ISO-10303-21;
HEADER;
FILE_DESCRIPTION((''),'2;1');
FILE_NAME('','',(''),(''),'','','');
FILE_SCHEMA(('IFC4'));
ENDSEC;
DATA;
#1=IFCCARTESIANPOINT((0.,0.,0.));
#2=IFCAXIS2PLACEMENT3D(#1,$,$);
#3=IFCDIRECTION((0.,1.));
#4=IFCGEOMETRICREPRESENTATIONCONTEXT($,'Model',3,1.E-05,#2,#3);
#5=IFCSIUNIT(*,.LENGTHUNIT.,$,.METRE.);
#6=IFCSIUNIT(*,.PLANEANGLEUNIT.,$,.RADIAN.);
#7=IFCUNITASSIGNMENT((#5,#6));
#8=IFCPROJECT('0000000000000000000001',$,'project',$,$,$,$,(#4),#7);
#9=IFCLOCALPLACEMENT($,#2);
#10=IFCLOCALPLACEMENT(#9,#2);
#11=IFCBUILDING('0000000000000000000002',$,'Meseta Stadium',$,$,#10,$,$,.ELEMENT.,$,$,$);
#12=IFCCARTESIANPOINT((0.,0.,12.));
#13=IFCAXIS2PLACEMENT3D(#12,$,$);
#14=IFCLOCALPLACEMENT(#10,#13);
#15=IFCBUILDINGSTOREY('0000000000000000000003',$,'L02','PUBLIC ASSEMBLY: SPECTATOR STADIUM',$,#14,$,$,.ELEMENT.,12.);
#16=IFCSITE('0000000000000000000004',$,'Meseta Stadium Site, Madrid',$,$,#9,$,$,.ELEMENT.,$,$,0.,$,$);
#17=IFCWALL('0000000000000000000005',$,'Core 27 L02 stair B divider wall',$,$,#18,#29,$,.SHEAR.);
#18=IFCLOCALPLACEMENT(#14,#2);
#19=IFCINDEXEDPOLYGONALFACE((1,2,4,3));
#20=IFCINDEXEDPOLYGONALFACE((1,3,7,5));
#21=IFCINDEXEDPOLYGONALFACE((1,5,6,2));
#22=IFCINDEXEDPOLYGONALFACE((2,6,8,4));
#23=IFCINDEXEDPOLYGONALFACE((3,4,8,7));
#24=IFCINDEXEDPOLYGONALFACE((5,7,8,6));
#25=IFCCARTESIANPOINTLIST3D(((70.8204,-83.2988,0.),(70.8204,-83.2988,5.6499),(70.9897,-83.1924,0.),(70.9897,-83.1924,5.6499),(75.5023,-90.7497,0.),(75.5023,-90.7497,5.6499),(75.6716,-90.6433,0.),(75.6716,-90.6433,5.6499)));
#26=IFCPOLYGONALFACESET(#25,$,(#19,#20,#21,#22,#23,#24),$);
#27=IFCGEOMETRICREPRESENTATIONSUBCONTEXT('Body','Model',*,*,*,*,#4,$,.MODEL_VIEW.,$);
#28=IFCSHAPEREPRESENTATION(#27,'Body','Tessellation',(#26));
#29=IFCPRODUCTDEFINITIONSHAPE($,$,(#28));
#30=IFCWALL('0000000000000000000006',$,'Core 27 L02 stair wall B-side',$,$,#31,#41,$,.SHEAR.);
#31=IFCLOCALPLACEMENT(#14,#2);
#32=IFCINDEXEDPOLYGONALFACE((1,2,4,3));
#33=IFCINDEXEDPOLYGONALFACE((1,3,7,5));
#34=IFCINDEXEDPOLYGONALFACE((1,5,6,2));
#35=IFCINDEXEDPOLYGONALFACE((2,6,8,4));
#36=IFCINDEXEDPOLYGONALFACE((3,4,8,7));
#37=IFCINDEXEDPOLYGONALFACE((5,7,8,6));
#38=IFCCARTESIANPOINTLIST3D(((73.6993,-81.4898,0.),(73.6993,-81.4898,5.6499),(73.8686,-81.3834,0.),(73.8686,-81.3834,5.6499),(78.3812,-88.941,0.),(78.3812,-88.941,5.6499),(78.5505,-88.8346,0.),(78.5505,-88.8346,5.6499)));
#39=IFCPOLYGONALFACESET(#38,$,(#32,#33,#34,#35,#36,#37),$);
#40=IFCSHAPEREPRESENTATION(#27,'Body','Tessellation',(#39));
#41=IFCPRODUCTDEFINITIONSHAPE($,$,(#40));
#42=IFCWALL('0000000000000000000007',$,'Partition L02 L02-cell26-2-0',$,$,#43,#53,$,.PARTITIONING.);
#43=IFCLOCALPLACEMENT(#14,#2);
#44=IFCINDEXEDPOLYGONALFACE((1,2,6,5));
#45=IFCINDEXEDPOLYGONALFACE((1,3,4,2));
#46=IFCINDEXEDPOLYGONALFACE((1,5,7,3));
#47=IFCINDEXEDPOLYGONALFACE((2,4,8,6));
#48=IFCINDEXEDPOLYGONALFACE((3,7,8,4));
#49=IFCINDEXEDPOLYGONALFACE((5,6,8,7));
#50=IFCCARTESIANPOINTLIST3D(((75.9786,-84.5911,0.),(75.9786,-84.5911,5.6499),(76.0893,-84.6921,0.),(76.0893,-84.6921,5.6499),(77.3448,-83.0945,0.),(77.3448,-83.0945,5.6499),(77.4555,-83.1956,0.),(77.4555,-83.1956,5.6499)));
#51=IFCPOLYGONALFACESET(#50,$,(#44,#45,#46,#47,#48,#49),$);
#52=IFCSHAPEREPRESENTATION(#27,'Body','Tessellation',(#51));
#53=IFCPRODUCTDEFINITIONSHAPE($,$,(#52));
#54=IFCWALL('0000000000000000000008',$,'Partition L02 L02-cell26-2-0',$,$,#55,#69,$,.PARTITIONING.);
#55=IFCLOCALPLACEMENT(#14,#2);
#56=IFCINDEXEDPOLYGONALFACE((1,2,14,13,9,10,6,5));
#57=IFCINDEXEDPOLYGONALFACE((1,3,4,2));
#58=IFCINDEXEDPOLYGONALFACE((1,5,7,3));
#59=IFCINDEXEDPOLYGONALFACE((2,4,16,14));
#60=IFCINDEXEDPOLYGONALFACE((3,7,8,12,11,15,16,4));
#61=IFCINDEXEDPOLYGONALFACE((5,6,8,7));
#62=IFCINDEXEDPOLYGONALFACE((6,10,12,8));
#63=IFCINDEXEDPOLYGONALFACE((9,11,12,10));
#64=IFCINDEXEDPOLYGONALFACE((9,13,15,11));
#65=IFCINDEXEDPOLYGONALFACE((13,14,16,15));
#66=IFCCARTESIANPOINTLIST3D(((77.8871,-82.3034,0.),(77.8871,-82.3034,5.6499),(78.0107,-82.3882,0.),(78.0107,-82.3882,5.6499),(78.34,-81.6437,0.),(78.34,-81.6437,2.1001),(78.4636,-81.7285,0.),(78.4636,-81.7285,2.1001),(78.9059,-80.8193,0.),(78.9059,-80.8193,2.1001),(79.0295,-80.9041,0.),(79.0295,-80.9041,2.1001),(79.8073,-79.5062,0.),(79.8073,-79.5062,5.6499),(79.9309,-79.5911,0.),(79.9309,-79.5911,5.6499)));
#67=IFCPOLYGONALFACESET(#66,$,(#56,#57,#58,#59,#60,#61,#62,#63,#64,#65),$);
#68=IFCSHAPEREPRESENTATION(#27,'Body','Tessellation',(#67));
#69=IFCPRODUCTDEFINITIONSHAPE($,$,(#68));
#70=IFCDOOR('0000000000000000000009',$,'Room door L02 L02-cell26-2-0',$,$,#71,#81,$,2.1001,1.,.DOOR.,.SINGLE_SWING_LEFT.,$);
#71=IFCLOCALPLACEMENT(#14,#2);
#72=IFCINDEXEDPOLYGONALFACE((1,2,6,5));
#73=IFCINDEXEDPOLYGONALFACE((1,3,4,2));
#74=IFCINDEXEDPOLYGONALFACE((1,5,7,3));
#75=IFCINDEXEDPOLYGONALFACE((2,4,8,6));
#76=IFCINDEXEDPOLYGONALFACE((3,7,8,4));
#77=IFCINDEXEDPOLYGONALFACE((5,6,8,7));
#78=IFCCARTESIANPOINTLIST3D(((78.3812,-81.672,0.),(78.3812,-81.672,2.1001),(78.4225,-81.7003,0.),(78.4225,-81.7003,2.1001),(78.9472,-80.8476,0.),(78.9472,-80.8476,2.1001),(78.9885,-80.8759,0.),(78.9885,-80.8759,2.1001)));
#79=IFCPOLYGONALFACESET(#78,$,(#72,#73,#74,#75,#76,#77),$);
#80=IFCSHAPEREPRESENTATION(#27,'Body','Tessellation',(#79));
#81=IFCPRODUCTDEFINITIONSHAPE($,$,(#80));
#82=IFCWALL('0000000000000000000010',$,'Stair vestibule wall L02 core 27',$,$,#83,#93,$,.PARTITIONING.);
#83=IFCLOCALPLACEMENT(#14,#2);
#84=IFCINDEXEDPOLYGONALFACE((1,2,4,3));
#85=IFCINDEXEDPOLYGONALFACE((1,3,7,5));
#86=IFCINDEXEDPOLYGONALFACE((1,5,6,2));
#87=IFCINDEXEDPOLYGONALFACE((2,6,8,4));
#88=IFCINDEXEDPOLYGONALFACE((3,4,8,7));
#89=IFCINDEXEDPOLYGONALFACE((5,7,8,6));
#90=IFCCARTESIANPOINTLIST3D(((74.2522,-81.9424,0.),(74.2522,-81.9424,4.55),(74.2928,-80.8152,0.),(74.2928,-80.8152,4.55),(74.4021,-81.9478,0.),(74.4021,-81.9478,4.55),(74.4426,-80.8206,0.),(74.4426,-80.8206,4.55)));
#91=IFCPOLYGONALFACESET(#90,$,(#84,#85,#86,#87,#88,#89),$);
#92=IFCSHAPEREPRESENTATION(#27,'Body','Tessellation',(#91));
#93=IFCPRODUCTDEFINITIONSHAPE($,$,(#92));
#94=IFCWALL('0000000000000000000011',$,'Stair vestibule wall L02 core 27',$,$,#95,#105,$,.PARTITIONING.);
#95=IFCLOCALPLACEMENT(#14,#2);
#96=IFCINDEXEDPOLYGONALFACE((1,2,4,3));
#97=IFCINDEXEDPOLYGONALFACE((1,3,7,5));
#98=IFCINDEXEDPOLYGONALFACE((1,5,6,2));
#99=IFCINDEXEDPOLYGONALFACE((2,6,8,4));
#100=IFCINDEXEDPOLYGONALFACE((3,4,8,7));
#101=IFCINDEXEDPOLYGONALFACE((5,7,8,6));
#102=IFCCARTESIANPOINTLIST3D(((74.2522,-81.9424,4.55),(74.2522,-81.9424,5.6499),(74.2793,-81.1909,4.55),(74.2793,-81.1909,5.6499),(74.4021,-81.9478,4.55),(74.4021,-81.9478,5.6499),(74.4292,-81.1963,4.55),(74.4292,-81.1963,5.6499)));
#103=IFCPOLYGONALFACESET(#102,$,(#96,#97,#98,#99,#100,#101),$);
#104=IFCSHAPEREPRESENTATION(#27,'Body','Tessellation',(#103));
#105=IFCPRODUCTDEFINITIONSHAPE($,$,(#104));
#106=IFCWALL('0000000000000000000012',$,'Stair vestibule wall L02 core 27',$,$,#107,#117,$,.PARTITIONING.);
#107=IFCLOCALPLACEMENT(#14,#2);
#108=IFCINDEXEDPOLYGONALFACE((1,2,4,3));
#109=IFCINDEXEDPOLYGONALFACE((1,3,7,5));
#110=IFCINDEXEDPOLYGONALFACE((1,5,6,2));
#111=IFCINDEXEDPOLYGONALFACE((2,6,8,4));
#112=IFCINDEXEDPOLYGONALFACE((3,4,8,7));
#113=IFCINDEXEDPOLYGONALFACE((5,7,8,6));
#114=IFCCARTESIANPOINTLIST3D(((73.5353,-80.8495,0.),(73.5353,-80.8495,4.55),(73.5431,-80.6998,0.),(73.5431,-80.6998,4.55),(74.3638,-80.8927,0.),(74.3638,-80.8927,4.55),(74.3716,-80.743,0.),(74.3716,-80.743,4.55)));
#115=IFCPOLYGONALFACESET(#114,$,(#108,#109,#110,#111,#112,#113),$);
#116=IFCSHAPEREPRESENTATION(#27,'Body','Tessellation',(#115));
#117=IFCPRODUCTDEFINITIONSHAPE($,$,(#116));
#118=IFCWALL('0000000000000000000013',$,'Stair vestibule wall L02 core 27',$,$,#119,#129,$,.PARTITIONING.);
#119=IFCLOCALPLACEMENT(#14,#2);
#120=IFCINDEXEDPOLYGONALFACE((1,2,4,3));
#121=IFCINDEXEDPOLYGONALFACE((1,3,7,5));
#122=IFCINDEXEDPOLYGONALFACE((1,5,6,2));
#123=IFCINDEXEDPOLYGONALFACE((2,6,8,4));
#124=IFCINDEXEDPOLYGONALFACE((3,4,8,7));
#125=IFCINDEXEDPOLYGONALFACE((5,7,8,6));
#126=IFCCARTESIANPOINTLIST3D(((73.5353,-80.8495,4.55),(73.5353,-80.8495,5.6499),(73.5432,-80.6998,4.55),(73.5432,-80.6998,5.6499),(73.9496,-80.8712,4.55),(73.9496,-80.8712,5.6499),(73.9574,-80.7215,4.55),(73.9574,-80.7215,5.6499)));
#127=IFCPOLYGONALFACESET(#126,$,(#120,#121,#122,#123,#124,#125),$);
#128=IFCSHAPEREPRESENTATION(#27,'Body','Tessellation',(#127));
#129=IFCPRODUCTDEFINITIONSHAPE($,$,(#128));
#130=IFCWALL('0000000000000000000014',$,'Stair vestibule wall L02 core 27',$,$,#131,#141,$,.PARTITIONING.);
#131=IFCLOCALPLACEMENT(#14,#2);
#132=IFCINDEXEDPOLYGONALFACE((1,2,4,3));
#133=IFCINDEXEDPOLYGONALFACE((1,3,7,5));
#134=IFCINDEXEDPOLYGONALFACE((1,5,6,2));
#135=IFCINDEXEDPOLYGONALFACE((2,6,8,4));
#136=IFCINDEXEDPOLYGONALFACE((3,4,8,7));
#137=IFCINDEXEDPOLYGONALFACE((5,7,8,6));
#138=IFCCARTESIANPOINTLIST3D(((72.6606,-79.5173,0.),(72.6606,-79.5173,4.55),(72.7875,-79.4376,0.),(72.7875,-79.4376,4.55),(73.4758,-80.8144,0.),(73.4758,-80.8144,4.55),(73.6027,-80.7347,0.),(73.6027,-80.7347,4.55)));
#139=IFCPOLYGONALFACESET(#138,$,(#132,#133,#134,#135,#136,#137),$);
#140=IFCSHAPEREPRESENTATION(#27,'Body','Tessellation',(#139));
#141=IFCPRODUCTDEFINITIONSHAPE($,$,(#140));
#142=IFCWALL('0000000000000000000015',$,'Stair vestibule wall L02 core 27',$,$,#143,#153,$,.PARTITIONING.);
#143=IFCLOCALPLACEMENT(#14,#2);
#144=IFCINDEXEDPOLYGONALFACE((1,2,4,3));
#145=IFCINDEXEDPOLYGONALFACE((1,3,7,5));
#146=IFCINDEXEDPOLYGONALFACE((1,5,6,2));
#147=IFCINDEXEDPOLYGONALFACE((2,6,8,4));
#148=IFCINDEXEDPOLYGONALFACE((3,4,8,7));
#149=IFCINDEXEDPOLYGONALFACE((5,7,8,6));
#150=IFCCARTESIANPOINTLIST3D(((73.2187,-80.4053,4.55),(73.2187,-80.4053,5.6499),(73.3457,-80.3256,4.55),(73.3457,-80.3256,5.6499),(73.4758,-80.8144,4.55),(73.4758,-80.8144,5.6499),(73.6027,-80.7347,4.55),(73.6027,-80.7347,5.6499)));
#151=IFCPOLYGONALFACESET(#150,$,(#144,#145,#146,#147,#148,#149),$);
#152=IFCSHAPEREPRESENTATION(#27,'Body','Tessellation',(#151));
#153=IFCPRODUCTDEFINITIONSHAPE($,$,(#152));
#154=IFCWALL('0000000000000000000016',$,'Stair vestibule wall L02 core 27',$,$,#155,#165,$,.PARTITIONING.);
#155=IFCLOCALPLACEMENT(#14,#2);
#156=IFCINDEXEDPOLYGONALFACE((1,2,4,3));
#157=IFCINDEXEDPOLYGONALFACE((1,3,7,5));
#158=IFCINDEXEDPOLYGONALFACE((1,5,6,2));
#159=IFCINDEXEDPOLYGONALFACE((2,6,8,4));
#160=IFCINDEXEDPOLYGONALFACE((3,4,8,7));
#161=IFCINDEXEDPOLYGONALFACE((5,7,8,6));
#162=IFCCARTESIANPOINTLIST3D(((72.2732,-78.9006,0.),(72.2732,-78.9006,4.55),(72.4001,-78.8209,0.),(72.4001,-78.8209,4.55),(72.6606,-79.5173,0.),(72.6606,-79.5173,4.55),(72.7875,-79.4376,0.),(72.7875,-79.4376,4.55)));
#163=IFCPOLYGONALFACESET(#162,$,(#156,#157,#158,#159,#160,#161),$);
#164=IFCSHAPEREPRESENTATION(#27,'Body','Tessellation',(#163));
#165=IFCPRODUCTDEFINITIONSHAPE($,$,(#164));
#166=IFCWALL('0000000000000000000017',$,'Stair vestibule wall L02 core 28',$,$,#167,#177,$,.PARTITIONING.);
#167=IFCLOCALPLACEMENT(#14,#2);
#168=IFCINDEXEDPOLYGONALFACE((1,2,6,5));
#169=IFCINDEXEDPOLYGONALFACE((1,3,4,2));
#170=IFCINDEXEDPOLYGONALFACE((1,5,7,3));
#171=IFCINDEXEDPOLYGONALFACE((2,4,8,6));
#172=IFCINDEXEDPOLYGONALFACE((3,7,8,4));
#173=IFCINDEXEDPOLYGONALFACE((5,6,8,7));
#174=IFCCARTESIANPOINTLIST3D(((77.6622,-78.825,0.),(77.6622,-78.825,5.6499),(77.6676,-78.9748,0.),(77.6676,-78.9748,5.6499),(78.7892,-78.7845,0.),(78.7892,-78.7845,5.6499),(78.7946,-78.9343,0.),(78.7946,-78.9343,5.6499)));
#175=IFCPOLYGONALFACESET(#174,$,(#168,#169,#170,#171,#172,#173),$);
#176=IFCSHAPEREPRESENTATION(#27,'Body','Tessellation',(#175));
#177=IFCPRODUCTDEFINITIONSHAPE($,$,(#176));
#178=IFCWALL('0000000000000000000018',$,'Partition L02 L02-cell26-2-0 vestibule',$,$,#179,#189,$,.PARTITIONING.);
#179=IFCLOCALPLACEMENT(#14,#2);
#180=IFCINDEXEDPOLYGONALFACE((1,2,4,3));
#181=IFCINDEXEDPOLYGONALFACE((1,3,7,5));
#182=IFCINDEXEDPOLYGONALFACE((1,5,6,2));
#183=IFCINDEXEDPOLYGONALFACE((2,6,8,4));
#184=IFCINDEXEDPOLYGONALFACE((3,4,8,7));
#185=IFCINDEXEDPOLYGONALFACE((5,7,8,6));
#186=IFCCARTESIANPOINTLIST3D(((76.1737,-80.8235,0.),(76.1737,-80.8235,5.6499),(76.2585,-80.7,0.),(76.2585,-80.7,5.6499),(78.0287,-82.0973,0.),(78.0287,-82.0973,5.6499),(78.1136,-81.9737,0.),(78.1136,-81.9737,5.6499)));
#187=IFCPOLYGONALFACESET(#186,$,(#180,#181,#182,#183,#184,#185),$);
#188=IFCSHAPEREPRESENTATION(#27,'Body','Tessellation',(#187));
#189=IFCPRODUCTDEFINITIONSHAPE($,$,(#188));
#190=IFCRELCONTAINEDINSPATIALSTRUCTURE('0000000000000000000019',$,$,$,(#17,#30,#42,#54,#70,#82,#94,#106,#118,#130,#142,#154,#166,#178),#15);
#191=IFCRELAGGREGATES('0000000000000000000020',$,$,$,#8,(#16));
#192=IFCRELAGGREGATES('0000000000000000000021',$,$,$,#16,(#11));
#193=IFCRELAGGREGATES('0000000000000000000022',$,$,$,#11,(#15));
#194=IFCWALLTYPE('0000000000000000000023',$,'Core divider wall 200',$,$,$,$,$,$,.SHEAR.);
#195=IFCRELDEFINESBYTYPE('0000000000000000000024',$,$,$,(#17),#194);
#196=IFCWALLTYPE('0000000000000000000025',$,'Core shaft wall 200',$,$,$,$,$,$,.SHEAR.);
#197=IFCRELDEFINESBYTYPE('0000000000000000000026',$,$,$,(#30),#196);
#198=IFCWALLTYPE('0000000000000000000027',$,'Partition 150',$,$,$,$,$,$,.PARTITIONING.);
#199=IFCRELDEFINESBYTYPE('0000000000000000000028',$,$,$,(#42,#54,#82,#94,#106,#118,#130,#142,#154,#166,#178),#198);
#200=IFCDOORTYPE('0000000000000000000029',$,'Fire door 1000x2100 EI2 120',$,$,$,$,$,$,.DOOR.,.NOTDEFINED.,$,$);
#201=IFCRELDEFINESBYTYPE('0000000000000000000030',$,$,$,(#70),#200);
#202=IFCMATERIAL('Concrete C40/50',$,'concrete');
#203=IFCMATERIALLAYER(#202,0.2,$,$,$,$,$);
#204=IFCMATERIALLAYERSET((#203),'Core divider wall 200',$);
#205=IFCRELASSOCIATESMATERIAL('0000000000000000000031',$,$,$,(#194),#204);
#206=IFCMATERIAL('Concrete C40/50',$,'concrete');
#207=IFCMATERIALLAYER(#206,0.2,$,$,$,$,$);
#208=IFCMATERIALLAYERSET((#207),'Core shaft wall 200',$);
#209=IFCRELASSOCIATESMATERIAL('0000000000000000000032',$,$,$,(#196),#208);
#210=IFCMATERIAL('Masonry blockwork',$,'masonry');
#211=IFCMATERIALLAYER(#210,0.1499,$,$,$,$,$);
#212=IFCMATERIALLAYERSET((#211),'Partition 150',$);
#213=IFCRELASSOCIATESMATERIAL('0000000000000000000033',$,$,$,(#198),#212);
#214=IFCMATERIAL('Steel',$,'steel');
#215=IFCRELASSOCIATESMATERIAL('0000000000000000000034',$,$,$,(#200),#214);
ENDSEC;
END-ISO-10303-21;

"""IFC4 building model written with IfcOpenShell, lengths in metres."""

from ifc_helpers import new_model, si_unit, direction, frame, frame_2d, origin, place, context, subcontext, project, spatial, rectangle, extrude, material, layer, layer_set, type_object, element, fill, save


model = new_model("IFC4")

# Units and contexts
model_context = context("Model", 3, precision=1e-05, world=origin(), true_north=direction((0.0, 1.0)))
body_context = subcontext(model_context, "Body", "Model", "MODEL_VIEW")
ifc_project = project(units=[si_unit("LENGTHUNIT", "METRE"), si_unit("PLANEANGLEUNIT", "RADIAN")], contexts=[model_context])

# Site, building, storey
site_placement = place(None, origin())
site = spatial("IfcSite", under=ifc_project, at=site_placement, Name="Meseta Stadium Site, Madrid", CompositionType="ELEMENT", RefElevation=0.0)
building_placement = place(site_placement, origin())
building = spatial("IfcBuilding", under=site, at=building_placement, Name="Meseta Stadium", CompositionType="ELEMENT")
storey_placement = place(building_placement, frame((0.0, 0.0, 12.0)))
storey = spatial("IfcBuildingStorey", under=building, at=storey_placement, Name="L02", Description="PUBLIC ASSEMBLY: SPECTATOR STADIUM", CompositionType="ELEMENT", Elevation=12.0)

# Walls
ifc_material_1 = material(Name="Concrete C40/50", Category="concrete")
ifc_layer_1 = layer(ifc_material_1, 0.2)
ifc_layer_set_1 = layer_set([ifc_layer_1], Name="Core divider wall 200")
wall_type_1 = type_object("IfcWallType", Name="Core divider wall 200", PredefinedType="SHEAR", material=ifc_layer_set_1)
wall_1_placement = place(storey_placement, frame((75.5869, -90.6965, 0.0), z_axis=(0.0, 0.0, 1.0), x_axis=(-0.532045, 0.846716, 0.0)))
element("IfcWall", 1, at=wall_1_placement, inside=storey, type_object=wall_type_1, Name="Core 27 L02 stair B divider wall", PredefinedType="SHEAR", context=body_context, shape_type="SweptSolid", body=[
    extrude(rectangle(XDim=8.7998, YDim=0.2, at=frame_2d((4.3999, 0.0))), origin(), (0.0, 0.0, 1.0), 5.6499),
])
ifc_material_2 = material(Name="Concrete C40/50", Category="concrete")
ifc_layer_2 = layer(ifc_material_2, 0.2)
ifc_layer_set_2 = layer_set([ifc_layer_2], Name="Core shaft wall 200")
wall_type_2 = type_object("IfcWallType", Name="Core shaft wall 200", PredefinedType="SHEAR", material=ifc_layer_set_2)
wall_2_placement = place(storey_placement, frame((78.4658, -88.8877, 0.0), z_axis=(0.0, 0.0, 1.0), x_axis=(-0.532032, 0.846724, 0.0)))
element("IfcWall", 2, at=wall_2_placement, inside=storey, type_object=wall_type_2, Name="Core 27 L02 stair wall B-side", PredefinedType="SHEAR", context=body_context, shape_type="SweptSolid", body=[
    extrude(rectangle(XDim=8.8, YDim=0.2, at=frame_2d((4.3999, 0.0))), origin(), (0.0, 0.0, 1.0), 5.6499),
])
ifc_material_3 = material(Name="Masonry blockwork", Category="masonry")
ifc_layer_3 = layer(ifc_material_3, 0.1499)
ifc_layer_set_3 = layer_set([ifc_layer_3], Name="Partition 150")
wall_type_3 = type_object("IfcWallType", Name="Partition 150", PredefinedType="PARTITIONING", material=ifc_layer_set_3)
wall_3_placement = place(storey_placement, frame((76.0339, -84.6416, 0.0), z_axis=(0.0, 0.0, 1.0), x_axis=(0.674207, 0.738543, 0.0)))
element("IfcWall", 3, at=wall_3_placement, inside=storey, type_object=wall_type_3, Name="Partition L02 L02-cell26-2-0", PredefinedType="PARTITIONING", context=body_context, shape_type="SweptSolid", body=[
    extrude(rectangle(XDim=2.0264, YDim=0.1499, at=frame_2d((1.0132, 0.0))), origin(), (0.0, 0.0, 1.0), 5.6499),
])

# Wall, opening, door
wall_4_placement = place(storey_placement, frame((77.949, -82.3457, 0.0), z_axis=(0.0, 0.0, 1.0), x_axis=(0.565958, 0.824434, 0.0)))
wall_4 = element("IfcWall", 4, at=wall_4_placement, inside=storey, type_object=wall_type_3, Name="Partition L02 L02-cell26-2-0", PredefinedType="PARTITIONING", context=body_context, shape_type="SweptSolid", body=[
    extrude(rectangle(XDim=3.3928, YDim=0.1499, at=frame_2d((1.6963, 0.0))), origin(), (0.0, 0.0, 1.0), 5.6499),
])
opening_1_placement = place(wall_4_placement, frame((0.8, 0.0, 0.0)))
opening_1 = element("IfcOpeningElement", 5, at=opening_1_placement, cuts=wall_4, PredefinedType="OPENING", context=body_context, shape_type="SweptSolid", body=[
    extrude(rectangle(XDim=1.0, YDim=2.1001, at=frame_2d((0.5, 1.05))), frame((0.0, 0.085, 0.0), z_axis=(0.0, -1.0, 0.0), x_axis=(1.0, 0.0, 0.0)), (0.0, 0.0, 1.0), 0.1699),
])
ifc_material_4 = material(Name="Steel", Category="steel")
door_type_1 = type_object("IfcDoorType", Name="Fire door 1000x2100 EI2 120", OperationType="NOTDEFINED", PredefinedType="DOOR", material=ifc_material_4)
door_1_placement = place(opening_1_placement, origin())
door_1 = element("IfcDoor", 6, at=door_1_placement, inside=storey, type_object=door_type_1, Name="Room door L02 L02-cell26-2-0", OperationType="SINGLE_SWING_LEFT", OverallHeight=2.1001, OverallWidth=1.0, PredefinedType="DOOR", context=body_context, shape_type="SweptSolid", body=[
    extrude(rectangle(XDim=1.0, YDim=2.1001, at=frame_2d((0.5, 1.05))), frame((0.0, 0.0249, 0.0), z_axis=(0.0, -1.0, 0.0), x_axis=(1.0, 0.0, 0.0)), (0.0, 0.0, 1.0), 0.05),
])
fill(opening_1, door_1)

# Walls
wall_5_placement = place(storey_placement, frame((74.3271, -81.9451, 0.0), z_axis=(0.0, 0.0, 1.0), x_axis=(0.035931, 0.999354, 0.0)))
element("IfcWall", 7, at=wall_5_placement, inside=storey, type_object=wall_type_3, Name="Stair vestibule wall L02 core 27", PredefinedType="PARTITIONING", context=body_context, shape_type="SweptSolid", body=[
    extrude(rectangle(XDim=1.1279, YDim=0.1499, at=frame_2d((0.564, 0.0))), origin(), (0.0, 0.0, 1.0), 4.55),
])
wall_6_placement = place(storey_placement, frame((74.3271, -81.9451, 4.55), z_axis=(0.0, 0.0, 1.0), x_axis=(0.036039, 0.99935, 0.0)))
element("IfcWall", 8, at=wall_6_placement, inside=storey, type_object=wall_type_3, Name="Stair vestibule wall L02 core 27", PredefinedType="PARTITIONING", context=body_context, shape_type="SweptSolid", body=[
    extrude(rectangle(XDim=0.752, YDim=0.1499, at=frame_2d((0.376, 0.0))), origin(), (0.0, 0.0, 1.0), 1.0999),
])
wall_7_placement = place(storey_placement, frame((74.3677, -80.8179, 0.0), z_axis=(0.0, 0.0, 1.0), x_axis=(-0.998642, 0.052095, 0.0)))
element("IfcWall", 9, at=wall_7_placement, inside=storey, type_object=wall_type_3, Name="Stair vestibule wall L02 core 27", PredefinedType="PARTITIONING", context=body_context, shape_type="SweptSolid", body=[
    extrude(rectangle(XDim=0.8296, YDim=0.1499, at=frame_2d((0.4148, 0.0))), origin(), (0.0, 0.0, 1.0), 4.55),
])
wall_8_placement = place(storey_placement, frame((73.9536, -80.7964, 4.55), z_axis=(0.0, 0.0, 1.0), x_axis=(-0.998628, 0.052374, 0.0)))
element("IfcWall", 10, at=wall_8_placement, inside=storey, type_object=wall_type_3, Name="Stair vestibule wall L02 core 27", PredefinedType="PARTITIONING", context=body_context, shape_type="SweptSolid", body=[
    extrude(rectangle(XDim=0.4148, YDim=0.1499, at=frame_2d((0.2075, 0.0))), origin(), (0.0, 0.0, 1.0), 1.0999),
])
wall_9_placement = place(storey_placement, frame((73.5393, -80.7747, 0.0), z_axis=(0.0, 0.0, 1.0), x_axis=(-0.532103, 0.84668, 0.0)))
element("IfcWall", 11, at=wall_9_placement, inside=storey, type_object=wall_type_3, Name="Stair vestibule wall L02 core 27", PredefinedType="PARTITIONING", context=body_context, shape_type="SweptSolid", body=[
    extrude(rectangle(XDim=1.532, YDim=0.1499, at=frame_2d((0.7661, 0.0))), origin(), (0.0, 0.0, 1.0), 4.55),
])
wall_10_placement = place(storey_placement, frame((73.5393, -80.7747, 4.55), z_axis=(0.0, 0.0, 1.0), x_axis=(-0.531996, 0.846747, 0.0)))
element("IfcWall", 12, at=wall_10_placement, inside=storey, type_object=wall_type_3, Name="Stair vestibule wall L02 core 27", PredefinedType="PARTITIONING", context=body_context, shape_type="SweptSolid", body=[
    extrude(rectangle(XDim=0.4832, YDim=0.1499, at=frame_2d((0.2417, 0.0))), origin(), (0.0, 0.0, 1.0), 1.0999),
])
wall_11_placement = place(storey_placement, frame((72.7241, -79.4775, 0.0), z_axis=(0.0, 0.0, 1.0), x_axis=(-0.531986, 0.846753, 0.0)))
element("IfcWall", 13, at=wall_11_placement, inside=storey, type_object=wall_type_3, Name="Stair vestibule wall L02 core 27", PredefinedType="PARTITIONING", context=body_context, shape_type="SweptSolid", body=[
    extrude(rectangle(XDim=0.7283, YDim=0.1499, at=frame_2d((0.3643, 0.0))), origin(), (0.0, 0.0, 1.0), 4.55),
])
wall_12_placement = place(storey_placement, frame((77.6648, -78.8999, 0.0), z_axis=(0.0, 0.0, 1.0), x_axis=(0.999354, 0.035939, 0.0)))
element("IfcWall", 14, at=wall_12_placement, inside=storey, type_object=wall_type_3, Name="Stair vestibule wall L02 core 28", PredefinedType="PARTITIONING", context=body_context, shape_type="SweptSolid", body=[
    extrude(rectangle(XDim=1.1277, YDim=0.1499, at=frame_2d((0.564, 0.0))), origin(), (0.0, 0.0, 1.0), 5.6499),
])
wall_13_placement = place(storey_placement, frame((78.071, -82.0354, 0.0), z_axis=(0.0, 0.0, 1.0), x_axis=(-0.824377, 0.566041, 0.0)))
element("IfcWall", 15, at=wall_13_placement, inside=storey, type_object=wall_type_3, Name="Partition L02 L02-cell26-2-0 vestibule", PredefinedType="PARTITIONING", context=body_context, shape_type="SweptSolid", body=[
    extrude(rectangle(XDim=2.2502, YDim=0.1499, at=frame_2d((1.125, 0.0))), origin(), (0.0, 0.0, 1.0), 5.6499),
])

save(model, "model.ifc")
